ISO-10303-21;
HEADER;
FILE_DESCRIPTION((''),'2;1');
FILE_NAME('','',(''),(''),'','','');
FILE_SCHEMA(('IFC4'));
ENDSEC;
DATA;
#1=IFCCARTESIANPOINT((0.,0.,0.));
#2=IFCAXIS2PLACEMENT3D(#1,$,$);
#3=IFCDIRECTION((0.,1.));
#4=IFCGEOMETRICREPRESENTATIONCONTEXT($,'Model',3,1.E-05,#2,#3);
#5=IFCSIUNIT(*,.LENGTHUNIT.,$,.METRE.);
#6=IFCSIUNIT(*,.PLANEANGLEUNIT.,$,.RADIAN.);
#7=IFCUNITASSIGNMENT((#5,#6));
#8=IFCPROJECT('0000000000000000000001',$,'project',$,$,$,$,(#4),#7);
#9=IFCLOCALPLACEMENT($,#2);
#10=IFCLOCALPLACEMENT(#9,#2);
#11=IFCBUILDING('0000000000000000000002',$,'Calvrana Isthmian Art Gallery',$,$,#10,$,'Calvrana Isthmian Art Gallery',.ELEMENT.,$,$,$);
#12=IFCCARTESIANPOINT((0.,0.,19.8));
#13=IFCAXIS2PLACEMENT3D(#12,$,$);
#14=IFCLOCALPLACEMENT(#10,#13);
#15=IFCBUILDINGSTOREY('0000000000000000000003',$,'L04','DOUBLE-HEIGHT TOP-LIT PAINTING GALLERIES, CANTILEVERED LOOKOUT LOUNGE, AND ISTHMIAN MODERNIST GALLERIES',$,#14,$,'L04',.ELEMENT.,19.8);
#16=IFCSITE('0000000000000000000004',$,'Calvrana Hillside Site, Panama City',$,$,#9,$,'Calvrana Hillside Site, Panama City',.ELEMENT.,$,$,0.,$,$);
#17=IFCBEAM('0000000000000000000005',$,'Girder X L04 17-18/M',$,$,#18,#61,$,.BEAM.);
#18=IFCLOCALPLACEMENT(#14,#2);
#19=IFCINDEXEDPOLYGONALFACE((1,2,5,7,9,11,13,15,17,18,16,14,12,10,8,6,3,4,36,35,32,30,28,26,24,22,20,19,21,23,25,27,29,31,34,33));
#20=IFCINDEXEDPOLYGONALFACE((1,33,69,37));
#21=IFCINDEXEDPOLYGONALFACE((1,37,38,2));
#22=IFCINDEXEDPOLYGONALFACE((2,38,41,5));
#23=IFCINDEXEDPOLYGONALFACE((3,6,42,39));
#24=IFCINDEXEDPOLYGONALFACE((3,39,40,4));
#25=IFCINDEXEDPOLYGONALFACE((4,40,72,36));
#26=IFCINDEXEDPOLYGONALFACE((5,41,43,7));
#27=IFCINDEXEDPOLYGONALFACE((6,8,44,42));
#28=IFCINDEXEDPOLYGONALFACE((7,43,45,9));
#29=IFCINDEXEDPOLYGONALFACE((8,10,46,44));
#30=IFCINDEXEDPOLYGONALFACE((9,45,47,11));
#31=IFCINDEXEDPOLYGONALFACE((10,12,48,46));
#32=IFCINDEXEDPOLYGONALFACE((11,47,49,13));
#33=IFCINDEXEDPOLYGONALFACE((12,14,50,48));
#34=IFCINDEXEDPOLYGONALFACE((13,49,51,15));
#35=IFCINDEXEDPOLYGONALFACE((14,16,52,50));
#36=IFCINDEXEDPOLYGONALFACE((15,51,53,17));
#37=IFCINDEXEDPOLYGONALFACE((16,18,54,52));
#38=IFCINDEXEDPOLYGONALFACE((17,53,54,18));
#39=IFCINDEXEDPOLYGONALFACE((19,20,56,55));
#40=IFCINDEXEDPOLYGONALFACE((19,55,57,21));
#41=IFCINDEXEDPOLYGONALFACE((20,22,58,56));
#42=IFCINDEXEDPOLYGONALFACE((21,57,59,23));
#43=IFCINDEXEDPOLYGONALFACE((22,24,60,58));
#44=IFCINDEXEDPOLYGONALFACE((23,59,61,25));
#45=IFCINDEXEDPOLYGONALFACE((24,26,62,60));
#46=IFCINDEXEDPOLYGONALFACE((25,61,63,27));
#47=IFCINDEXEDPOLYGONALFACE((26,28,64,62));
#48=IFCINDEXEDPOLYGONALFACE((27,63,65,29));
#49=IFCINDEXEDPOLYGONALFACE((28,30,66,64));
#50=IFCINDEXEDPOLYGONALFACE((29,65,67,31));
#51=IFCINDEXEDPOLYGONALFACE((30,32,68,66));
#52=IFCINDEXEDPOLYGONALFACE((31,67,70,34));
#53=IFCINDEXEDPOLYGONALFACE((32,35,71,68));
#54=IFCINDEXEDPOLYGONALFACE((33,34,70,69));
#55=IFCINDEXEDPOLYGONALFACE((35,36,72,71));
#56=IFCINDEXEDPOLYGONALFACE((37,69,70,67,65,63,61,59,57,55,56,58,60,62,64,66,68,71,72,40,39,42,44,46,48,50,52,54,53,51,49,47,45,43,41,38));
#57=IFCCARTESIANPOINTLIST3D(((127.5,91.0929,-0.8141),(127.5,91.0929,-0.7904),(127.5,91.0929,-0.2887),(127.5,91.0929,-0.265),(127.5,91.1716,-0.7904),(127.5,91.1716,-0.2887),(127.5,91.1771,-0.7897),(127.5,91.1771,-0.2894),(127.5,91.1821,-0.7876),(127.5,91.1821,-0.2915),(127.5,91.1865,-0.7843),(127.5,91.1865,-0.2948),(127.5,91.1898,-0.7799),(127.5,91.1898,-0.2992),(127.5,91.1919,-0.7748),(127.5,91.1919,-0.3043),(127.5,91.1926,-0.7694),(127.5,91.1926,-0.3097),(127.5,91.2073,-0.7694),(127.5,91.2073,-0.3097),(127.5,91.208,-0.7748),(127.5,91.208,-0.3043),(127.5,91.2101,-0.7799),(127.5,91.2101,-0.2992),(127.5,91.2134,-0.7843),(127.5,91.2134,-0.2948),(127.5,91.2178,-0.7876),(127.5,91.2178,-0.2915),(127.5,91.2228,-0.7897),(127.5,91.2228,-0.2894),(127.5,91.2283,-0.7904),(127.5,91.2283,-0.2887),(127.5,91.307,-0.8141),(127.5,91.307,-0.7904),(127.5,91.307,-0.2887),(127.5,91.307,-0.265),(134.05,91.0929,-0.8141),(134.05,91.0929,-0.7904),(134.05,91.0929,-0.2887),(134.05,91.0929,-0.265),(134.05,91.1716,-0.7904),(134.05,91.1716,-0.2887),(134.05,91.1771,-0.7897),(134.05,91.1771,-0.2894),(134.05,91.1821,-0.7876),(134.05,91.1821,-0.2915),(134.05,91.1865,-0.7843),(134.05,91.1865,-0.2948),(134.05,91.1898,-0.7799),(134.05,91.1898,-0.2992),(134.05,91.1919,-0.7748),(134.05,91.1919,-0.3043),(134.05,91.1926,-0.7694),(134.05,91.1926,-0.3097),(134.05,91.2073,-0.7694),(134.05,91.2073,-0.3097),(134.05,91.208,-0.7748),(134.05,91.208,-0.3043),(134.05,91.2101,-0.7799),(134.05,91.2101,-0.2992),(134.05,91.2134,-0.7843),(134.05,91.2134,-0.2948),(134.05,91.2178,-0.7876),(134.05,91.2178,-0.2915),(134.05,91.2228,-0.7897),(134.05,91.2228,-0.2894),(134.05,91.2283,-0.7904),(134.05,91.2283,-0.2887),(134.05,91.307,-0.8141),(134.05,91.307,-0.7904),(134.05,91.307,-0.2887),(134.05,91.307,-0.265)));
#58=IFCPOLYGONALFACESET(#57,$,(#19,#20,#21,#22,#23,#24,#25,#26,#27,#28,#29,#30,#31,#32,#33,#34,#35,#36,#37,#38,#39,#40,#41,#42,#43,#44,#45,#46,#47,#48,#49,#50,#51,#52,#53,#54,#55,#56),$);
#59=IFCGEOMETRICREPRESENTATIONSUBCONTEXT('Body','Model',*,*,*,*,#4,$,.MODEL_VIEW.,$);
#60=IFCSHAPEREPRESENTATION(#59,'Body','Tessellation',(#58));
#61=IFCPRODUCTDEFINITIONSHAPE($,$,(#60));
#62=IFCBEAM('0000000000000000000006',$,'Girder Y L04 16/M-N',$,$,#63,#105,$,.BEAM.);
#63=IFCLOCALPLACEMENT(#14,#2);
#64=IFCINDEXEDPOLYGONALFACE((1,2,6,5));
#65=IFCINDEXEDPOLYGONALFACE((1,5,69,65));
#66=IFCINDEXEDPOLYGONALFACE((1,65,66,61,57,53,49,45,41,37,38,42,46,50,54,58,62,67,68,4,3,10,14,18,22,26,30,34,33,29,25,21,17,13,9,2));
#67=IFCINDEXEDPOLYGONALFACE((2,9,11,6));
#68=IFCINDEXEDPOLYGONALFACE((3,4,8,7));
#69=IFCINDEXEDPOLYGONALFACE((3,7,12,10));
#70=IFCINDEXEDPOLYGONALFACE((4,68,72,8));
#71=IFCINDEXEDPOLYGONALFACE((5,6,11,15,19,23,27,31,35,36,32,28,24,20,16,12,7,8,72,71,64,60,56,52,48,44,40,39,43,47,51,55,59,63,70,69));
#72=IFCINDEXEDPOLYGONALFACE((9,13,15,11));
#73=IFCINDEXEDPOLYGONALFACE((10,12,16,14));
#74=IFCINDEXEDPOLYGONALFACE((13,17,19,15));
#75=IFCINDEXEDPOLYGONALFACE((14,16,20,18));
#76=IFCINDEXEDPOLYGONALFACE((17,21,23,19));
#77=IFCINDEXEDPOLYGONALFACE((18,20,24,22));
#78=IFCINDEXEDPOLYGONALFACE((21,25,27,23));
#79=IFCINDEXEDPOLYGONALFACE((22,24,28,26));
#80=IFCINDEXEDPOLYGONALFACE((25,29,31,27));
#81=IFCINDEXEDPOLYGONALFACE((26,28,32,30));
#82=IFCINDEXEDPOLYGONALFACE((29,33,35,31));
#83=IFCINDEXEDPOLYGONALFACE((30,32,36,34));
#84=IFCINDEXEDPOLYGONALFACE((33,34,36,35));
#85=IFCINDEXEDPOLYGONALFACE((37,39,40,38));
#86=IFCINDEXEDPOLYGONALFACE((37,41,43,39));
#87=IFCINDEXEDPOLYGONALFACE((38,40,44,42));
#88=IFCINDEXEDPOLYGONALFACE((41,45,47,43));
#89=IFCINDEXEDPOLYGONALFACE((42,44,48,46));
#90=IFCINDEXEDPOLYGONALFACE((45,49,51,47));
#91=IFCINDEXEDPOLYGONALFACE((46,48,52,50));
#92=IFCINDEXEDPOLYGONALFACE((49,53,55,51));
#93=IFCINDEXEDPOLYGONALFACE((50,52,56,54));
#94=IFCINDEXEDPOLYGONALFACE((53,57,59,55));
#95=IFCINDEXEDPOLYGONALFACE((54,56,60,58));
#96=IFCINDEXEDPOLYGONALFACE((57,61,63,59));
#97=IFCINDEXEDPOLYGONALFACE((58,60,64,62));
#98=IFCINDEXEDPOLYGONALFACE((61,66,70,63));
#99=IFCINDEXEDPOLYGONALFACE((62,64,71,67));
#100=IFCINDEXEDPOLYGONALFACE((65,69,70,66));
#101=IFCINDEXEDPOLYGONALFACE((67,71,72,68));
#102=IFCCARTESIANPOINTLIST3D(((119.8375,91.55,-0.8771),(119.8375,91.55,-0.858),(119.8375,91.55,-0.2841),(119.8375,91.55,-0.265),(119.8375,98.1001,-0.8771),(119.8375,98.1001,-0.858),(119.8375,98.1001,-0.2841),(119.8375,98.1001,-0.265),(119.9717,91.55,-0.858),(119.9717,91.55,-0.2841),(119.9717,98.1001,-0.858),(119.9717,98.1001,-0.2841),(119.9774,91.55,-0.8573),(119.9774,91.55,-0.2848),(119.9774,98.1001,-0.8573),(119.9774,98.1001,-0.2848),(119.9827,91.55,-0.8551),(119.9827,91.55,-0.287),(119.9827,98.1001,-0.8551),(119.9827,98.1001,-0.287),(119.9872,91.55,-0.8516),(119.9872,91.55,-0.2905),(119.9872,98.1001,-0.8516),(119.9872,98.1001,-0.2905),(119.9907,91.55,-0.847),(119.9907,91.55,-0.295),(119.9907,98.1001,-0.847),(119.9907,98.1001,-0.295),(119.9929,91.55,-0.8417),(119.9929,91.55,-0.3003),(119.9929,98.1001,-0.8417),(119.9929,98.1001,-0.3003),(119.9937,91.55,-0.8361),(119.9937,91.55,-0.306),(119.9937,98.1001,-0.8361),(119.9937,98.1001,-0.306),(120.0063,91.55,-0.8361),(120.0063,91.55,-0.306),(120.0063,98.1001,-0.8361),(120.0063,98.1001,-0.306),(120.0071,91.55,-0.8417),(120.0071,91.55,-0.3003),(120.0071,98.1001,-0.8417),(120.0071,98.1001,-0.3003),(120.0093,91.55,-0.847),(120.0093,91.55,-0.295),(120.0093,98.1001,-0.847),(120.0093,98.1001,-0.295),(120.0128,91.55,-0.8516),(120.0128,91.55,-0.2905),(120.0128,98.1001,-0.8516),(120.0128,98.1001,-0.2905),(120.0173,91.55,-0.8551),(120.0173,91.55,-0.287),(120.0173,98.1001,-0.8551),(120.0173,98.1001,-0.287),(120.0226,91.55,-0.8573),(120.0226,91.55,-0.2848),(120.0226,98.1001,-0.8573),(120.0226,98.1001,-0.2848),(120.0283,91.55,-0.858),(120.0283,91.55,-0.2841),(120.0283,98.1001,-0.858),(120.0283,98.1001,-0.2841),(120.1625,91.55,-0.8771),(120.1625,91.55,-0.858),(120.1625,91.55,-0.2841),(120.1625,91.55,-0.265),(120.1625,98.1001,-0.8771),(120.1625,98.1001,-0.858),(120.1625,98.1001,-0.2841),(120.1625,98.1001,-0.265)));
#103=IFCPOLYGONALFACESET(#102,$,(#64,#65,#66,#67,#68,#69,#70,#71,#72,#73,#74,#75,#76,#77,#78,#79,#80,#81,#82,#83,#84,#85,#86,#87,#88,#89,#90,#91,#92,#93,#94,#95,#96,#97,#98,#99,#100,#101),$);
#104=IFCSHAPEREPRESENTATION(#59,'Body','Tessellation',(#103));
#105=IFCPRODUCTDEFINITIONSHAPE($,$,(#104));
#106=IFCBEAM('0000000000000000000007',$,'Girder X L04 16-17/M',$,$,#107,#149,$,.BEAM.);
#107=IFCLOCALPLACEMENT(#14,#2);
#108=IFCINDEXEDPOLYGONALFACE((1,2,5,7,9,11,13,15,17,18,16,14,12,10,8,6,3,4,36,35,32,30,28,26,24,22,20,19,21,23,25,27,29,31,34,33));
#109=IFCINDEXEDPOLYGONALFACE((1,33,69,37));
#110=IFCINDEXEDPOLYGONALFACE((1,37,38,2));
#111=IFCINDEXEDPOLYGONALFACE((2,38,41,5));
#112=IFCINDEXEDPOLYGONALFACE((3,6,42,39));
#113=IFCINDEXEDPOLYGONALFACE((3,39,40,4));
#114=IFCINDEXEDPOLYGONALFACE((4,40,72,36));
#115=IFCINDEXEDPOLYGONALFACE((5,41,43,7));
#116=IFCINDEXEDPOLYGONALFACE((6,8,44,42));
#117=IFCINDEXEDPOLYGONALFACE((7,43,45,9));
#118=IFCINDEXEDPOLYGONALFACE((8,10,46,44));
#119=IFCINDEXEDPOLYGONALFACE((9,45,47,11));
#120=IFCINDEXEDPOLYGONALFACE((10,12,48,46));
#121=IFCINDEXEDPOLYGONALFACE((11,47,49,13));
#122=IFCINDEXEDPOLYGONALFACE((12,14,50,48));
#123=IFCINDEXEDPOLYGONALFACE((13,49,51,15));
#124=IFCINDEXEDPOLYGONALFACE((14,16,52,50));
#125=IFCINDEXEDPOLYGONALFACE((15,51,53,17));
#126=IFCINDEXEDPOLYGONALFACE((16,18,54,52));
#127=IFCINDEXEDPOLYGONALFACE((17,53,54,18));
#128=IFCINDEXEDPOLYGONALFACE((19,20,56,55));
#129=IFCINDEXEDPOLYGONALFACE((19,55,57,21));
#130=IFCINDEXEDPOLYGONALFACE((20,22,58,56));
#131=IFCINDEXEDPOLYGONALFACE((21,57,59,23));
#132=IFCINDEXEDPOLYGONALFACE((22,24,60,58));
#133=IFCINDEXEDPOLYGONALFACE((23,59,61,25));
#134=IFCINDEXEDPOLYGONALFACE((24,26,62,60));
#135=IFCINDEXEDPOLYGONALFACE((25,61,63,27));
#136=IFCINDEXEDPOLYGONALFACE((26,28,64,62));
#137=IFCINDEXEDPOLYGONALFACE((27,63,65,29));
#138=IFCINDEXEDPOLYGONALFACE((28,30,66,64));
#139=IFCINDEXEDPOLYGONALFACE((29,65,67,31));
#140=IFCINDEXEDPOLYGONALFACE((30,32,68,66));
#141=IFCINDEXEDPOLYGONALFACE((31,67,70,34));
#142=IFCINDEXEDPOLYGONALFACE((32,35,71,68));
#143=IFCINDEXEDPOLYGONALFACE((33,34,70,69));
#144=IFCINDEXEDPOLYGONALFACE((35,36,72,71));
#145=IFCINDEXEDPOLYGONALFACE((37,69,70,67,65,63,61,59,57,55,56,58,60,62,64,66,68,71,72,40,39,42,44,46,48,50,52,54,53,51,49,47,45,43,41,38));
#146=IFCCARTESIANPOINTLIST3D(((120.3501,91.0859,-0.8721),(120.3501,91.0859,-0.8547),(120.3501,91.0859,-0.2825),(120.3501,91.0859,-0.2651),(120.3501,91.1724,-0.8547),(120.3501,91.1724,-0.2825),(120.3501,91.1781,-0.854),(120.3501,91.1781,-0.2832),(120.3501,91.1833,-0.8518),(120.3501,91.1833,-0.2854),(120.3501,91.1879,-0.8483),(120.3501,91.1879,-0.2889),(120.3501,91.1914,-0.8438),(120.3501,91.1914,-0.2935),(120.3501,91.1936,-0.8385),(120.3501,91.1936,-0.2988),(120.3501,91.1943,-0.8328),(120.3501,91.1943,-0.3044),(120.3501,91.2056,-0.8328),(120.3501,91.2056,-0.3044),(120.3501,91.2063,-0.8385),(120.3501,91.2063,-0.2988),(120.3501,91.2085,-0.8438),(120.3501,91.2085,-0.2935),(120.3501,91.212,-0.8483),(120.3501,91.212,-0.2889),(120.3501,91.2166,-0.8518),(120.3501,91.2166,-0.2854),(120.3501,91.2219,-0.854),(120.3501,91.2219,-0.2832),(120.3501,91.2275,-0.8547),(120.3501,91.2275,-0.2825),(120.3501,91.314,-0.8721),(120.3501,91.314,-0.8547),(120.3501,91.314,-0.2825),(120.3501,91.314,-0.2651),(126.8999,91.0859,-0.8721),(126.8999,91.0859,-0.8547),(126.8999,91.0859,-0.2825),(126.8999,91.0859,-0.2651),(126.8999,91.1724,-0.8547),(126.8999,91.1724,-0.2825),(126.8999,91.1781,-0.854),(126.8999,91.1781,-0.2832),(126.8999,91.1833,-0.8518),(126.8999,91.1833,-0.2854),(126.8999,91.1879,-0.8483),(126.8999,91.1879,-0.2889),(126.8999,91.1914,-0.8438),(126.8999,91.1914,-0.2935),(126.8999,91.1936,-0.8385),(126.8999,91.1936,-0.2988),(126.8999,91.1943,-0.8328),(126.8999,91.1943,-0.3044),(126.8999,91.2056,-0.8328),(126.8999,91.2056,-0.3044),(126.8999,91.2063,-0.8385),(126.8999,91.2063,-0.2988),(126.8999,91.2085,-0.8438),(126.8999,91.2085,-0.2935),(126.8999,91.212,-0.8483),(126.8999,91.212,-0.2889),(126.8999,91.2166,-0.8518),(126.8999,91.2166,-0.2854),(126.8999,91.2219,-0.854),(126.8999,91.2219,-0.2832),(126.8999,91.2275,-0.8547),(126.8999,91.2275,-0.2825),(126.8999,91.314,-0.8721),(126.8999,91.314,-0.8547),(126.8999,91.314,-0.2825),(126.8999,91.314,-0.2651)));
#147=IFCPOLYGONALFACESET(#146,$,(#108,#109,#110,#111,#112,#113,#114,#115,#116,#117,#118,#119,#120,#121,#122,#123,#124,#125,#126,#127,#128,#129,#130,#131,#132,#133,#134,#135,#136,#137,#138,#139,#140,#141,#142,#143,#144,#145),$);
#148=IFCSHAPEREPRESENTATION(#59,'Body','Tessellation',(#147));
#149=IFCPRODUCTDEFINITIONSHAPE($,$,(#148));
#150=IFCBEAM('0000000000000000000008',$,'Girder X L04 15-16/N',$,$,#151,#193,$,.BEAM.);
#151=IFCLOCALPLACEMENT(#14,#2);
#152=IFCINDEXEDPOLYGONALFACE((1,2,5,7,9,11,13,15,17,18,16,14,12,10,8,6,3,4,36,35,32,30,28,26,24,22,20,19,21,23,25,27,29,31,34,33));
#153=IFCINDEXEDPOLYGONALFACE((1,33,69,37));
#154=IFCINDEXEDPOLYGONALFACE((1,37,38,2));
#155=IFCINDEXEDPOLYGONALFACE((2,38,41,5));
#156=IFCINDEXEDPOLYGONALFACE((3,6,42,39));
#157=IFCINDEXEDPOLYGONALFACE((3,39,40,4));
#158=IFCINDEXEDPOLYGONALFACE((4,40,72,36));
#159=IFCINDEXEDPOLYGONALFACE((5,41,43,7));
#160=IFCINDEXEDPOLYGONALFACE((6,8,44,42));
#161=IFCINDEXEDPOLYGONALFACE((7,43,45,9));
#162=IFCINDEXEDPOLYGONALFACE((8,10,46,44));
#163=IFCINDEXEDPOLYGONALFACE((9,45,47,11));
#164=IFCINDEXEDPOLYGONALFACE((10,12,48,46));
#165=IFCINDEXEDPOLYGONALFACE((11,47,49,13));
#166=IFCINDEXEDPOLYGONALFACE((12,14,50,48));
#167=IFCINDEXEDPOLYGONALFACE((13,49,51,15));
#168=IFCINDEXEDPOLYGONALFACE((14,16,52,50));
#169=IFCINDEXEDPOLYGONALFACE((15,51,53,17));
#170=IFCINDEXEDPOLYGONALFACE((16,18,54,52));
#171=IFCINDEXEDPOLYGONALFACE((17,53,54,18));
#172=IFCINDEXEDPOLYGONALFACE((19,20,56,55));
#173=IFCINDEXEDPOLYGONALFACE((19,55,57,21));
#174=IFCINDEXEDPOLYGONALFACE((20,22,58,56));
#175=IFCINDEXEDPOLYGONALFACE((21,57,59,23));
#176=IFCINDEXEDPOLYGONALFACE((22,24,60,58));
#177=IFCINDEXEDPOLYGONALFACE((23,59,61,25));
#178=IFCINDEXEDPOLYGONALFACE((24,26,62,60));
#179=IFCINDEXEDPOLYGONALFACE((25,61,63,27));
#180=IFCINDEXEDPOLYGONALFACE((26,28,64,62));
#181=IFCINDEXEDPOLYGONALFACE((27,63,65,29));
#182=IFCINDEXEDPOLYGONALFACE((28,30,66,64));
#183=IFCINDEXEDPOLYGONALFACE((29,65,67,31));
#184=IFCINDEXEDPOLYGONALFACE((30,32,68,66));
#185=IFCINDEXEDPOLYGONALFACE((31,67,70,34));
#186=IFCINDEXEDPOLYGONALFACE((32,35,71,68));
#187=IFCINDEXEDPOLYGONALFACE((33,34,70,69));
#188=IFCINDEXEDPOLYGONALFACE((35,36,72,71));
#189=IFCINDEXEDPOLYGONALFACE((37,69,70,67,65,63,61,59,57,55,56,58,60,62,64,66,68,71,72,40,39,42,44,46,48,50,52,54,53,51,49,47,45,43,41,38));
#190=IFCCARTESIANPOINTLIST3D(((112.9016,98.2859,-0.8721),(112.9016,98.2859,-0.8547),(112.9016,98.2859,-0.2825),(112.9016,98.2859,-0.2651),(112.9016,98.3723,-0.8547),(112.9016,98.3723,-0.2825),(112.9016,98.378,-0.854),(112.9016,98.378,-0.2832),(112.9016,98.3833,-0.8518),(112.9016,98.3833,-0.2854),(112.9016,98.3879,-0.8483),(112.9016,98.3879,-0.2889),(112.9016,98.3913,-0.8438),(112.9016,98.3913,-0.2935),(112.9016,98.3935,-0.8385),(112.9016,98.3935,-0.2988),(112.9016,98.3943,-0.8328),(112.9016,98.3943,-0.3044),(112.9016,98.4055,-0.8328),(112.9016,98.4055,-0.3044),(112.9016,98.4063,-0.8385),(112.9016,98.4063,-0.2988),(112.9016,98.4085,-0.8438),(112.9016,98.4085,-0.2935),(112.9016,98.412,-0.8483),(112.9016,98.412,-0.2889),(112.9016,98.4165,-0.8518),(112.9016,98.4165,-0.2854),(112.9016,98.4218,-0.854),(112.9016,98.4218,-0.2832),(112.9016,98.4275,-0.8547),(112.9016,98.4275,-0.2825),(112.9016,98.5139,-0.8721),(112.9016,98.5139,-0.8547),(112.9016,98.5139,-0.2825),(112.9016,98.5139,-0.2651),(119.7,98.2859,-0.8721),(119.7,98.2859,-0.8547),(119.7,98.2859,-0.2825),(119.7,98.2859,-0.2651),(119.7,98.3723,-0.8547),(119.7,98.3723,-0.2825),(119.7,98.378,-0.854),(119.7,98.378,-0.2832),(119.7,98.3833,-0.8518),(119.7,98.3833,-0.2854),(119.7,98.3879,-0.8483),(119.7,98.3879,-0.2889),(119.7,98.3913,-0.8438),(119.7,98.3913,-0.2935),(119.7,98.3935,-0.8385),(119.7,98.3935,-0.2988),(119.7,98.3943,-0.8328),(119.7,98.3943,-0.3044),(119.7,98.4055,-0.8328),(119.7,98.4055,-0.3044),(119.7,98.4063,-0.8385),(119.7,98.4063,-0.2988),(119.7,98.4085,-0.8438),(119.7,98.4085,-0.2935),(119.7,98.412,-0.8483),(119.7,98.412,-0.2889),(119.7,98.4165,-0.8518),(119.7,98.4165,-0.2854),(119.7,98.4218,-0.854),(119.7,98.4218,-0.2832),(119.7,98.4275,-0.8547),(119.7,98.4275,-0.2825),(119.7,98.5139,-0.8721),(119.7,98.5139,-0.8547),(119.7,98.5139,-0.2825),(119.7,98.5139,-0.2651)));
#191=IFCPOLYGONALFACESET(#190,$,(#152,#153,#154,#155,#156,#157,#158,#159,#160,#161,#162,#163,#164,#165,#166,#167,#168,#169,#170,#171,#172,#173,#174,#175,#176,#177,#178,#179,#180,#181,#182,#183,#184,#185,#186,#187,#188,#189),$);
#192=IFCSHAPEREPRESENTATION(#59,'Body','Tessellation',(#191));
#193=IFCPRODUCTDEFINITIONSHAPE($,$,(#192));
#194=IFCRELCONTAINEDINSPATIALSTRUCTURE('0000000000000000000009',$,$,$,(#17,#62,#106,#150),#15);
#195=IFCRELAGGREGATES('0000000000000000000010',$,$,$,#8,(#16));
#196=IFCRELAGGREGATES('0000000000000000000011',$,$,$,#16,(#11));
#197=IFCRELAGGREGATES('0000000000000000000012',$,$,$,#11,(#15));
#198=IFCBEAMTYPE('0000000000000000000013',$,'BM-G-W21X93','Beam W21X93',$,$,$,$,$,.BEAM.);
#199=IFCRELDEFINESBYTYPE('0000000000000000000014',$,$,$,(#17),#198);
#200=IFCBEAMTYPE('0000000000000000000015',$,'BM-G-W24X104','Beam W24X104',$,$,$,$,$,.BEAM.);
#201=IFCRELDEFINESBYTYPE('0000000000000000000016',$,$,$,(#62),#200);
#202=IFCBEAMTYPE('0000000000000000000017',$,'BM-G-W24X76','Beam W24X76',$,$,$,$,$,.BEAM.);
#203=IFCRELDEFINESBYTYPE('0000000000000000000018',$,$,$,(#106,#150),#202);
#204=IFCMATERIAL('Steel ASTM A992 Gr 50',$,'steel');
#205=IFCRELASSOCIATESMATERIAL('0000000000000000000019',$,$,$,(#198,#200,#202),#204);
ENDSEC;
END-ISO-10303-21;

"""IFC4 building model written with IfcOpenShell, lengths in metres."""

from ifc_helpers import new_model, si_unit, direction, frame, origin, origin_2d, place, context, subcontext, project, spatial, i_section, extrude, material, material_profile, profile_set, type_object, element, save


model = new_model("IFC4")

# Units and contexts
model_context = context("Model", 3, precision=1e-05, world=origin(), true_north=direction((0.0, 1.0)))
body_context = subcontext(model_context, "Body", "Model", "MODEL_VIEW")
ifc_project = project(units=[si_unit("LENGTHUNIT", "METRE"), si_unit("PLANEANGLEUNIT", "RADIAN")], contexts=[model_context])

# Site, building, storey
site_placement = place(None, origin())
site = spatial("IfcSite", under=ifc_project, at=site_placement, Name="Calvrana Hillside Site, Panama City", LongName="Calvrana Hillside Site, Panama City", CompositionType="ELEMENT", RefElevation=0.0)
building_placement = place(site_placement, origin())
building = spatial("IfcBuilding", under=site, at=building_placement, Name="Calvrana Isthmian Art Gallery", LongName="Calvrana Isthmian Art Gallery", CompositionType="ELEMENT")
storey_placement = place(building_placement, frame((0.0, 0.0, 19.8)))
storey = spatial("IfcBuildingStorey", under=building, at=storey_placement, Name="L04", Description="DOUBLE-HEIGHT TOP-LIT PAINTING GALLERIES, CANTILEVERED LOOKOUT LOUNGE, AND ISTHMIAN MODERNIST GALLERIES", LongName="L04", CompositionType="ELEMENT", Elevation=19.8)

# Shared definitions
ifc_material_1 = material(Name="Steel ASTM A992 Gr 50", Category="steel")

# Beams
ifc_material_profile_1 = material_profile(ifc_material_1, i_section(OverallWidth=0.2141, OverallDepth=0.5491, WebThickness=0.0146, FlangeThickness=0.0237, FilletRadius=0.021, at=origin_2d()), Name="W21X93")
ifc_profile_set_1 = profile_set([ifc_material_profile_1], Name="Steel ASTM A992 Gr 50")
beam_type_1 = type_object("IfcBeamType", Name="BM-G-W21X93", Description="Beam W21X93", PredefinedType="BEAM", material=ifc_profile_set_1)
beam_1_placement = place(storey_placement, frame((127.5, 91.2, -0.5396), z_axis=(1.0, 0.0, 0.0), x_axis=(0.0, 1.0, 0.0)))
element("IfcBeam", 1, at=beam_1_placement, inside=storey, type_object=beam_type_1, Name="Girder X L04 17-18/M", PredefinedType="BEAM", context=body_context, shape_type="SweptSolid", body=[
    extrude(i_section(OverallWidth=0.2141, OverallDepth=0.5491, WebThickness=0.0146, FlangeThickness=0.0237, FilletRadius=0.021, at=origin_2d()), origin(), (0.0, 0.0, 1.0), 6.55),
])
ifc_material_profile_2 = material_profile(ifc_material_1, i_section(OverallWidth=0.325, OverallDepth=0.6121, WebThickness=0.0127, FlangeThickness=0.019, FilletRadius=0.022, at=origin_2d()), Name="W24X104")
ifc_profile_set_2 = profile_set([ifc_material_profile_2], Name="Steel ASTM A992 Gr 50")
beam_type_2 = type_object("IfcBeamType", Name="BM-G-W24X104", Description="Beam W24X104", PredefinedType="BEAM", material=ifc_profile_set_2)
beam_2_placement = place(storey_placement, frame((120.0, 91.55, -0.571), z_axis=(0.0, 1.0, 0.0), x_axis=(-1.0, 0.0, 0.0)))
element("IfcBeam", 2, at=beam_2_placement, inside=storey, type_object=beam_type_2, Name="Girder Y L04 16/M-N", PredefinedType="BEAM", context=body_context, shape_type="SweptSolid", body=[
    extrude(i_section(OverallWidth=0.325, OverallDepth=0.6121, WebThickness=0.0127, FlangeThickness=0.019, FilletRadius=0.022, at=origin_2d()), origin(), (0.0, 0.0, 1.0), 6.55),
])
ifc_material_profile_3 = material_profile(ifc_material_1, i_section(OverallWidth=0.228, OverallDepth=0.6069, WebThickness=0.0112, FlangeThickness=0.0173, FilletRadius=0.022, at=origin_2d()), Name="W24X76")
ifc_profile_set_3 = profile_set([ifc_material_profile_3], Name="Steel ASTM A992 Gr 50")
beam_type_3 = type_object("IfcBeamType", Name="BM-G-W24X76", Description="Beam W24X76", PredefinedType="BEAM", material=ifc_profile_set_3)
beam_3_placement = place(storey_placement, frame((120.3501, 91.2, -0.5686), z_axis=(1.0, 0.0, 0.0), x_axis=(0.0, 1.0, 0.0)))
element("IfcBeam", 3, at=beam_3_placement, inside=storey, type_object=beam_type_3, Name="Girder X L04 16-17/M", PredefinedType="BEAM", context=body_context, shape_type="SweptSolid", body=[
    extrude(i_section(OverallWidth=0.228, OverallDepth=0.6069, WebThickness=0.0112, FlangeThickness=0.0173, FilletRadius=0.022, at=origin_2d()), origin(), (0.0, 0.0, 1.0), 6.5498),
])
beam_4_placement = place(storey_placement, frame((112.9016, 98.3999, -0.5686), z_axis=(1.0, 0.0, 0.0), x_axis=(0.0, 1.0, 0.0)))
element("IfcBeam", 4, at=beam_4_placement, inside=storey, type_object=beam_type_3, Name="Girder X L04 15-16/N", PredefinedType="BEAM", context=body_context, shape_type="SweptSolid", body=[
    extrude(i_section(OverallWidth=0.228, OverallDepth=0.6069, WebThickness=0.0112, FlangeThickness=0.0173, FilletRadius=0.022, at=origin_2d()), origin(), (0.0, 0.0, 1.0), 6.7983),
])

save(model, "model.ifc")
